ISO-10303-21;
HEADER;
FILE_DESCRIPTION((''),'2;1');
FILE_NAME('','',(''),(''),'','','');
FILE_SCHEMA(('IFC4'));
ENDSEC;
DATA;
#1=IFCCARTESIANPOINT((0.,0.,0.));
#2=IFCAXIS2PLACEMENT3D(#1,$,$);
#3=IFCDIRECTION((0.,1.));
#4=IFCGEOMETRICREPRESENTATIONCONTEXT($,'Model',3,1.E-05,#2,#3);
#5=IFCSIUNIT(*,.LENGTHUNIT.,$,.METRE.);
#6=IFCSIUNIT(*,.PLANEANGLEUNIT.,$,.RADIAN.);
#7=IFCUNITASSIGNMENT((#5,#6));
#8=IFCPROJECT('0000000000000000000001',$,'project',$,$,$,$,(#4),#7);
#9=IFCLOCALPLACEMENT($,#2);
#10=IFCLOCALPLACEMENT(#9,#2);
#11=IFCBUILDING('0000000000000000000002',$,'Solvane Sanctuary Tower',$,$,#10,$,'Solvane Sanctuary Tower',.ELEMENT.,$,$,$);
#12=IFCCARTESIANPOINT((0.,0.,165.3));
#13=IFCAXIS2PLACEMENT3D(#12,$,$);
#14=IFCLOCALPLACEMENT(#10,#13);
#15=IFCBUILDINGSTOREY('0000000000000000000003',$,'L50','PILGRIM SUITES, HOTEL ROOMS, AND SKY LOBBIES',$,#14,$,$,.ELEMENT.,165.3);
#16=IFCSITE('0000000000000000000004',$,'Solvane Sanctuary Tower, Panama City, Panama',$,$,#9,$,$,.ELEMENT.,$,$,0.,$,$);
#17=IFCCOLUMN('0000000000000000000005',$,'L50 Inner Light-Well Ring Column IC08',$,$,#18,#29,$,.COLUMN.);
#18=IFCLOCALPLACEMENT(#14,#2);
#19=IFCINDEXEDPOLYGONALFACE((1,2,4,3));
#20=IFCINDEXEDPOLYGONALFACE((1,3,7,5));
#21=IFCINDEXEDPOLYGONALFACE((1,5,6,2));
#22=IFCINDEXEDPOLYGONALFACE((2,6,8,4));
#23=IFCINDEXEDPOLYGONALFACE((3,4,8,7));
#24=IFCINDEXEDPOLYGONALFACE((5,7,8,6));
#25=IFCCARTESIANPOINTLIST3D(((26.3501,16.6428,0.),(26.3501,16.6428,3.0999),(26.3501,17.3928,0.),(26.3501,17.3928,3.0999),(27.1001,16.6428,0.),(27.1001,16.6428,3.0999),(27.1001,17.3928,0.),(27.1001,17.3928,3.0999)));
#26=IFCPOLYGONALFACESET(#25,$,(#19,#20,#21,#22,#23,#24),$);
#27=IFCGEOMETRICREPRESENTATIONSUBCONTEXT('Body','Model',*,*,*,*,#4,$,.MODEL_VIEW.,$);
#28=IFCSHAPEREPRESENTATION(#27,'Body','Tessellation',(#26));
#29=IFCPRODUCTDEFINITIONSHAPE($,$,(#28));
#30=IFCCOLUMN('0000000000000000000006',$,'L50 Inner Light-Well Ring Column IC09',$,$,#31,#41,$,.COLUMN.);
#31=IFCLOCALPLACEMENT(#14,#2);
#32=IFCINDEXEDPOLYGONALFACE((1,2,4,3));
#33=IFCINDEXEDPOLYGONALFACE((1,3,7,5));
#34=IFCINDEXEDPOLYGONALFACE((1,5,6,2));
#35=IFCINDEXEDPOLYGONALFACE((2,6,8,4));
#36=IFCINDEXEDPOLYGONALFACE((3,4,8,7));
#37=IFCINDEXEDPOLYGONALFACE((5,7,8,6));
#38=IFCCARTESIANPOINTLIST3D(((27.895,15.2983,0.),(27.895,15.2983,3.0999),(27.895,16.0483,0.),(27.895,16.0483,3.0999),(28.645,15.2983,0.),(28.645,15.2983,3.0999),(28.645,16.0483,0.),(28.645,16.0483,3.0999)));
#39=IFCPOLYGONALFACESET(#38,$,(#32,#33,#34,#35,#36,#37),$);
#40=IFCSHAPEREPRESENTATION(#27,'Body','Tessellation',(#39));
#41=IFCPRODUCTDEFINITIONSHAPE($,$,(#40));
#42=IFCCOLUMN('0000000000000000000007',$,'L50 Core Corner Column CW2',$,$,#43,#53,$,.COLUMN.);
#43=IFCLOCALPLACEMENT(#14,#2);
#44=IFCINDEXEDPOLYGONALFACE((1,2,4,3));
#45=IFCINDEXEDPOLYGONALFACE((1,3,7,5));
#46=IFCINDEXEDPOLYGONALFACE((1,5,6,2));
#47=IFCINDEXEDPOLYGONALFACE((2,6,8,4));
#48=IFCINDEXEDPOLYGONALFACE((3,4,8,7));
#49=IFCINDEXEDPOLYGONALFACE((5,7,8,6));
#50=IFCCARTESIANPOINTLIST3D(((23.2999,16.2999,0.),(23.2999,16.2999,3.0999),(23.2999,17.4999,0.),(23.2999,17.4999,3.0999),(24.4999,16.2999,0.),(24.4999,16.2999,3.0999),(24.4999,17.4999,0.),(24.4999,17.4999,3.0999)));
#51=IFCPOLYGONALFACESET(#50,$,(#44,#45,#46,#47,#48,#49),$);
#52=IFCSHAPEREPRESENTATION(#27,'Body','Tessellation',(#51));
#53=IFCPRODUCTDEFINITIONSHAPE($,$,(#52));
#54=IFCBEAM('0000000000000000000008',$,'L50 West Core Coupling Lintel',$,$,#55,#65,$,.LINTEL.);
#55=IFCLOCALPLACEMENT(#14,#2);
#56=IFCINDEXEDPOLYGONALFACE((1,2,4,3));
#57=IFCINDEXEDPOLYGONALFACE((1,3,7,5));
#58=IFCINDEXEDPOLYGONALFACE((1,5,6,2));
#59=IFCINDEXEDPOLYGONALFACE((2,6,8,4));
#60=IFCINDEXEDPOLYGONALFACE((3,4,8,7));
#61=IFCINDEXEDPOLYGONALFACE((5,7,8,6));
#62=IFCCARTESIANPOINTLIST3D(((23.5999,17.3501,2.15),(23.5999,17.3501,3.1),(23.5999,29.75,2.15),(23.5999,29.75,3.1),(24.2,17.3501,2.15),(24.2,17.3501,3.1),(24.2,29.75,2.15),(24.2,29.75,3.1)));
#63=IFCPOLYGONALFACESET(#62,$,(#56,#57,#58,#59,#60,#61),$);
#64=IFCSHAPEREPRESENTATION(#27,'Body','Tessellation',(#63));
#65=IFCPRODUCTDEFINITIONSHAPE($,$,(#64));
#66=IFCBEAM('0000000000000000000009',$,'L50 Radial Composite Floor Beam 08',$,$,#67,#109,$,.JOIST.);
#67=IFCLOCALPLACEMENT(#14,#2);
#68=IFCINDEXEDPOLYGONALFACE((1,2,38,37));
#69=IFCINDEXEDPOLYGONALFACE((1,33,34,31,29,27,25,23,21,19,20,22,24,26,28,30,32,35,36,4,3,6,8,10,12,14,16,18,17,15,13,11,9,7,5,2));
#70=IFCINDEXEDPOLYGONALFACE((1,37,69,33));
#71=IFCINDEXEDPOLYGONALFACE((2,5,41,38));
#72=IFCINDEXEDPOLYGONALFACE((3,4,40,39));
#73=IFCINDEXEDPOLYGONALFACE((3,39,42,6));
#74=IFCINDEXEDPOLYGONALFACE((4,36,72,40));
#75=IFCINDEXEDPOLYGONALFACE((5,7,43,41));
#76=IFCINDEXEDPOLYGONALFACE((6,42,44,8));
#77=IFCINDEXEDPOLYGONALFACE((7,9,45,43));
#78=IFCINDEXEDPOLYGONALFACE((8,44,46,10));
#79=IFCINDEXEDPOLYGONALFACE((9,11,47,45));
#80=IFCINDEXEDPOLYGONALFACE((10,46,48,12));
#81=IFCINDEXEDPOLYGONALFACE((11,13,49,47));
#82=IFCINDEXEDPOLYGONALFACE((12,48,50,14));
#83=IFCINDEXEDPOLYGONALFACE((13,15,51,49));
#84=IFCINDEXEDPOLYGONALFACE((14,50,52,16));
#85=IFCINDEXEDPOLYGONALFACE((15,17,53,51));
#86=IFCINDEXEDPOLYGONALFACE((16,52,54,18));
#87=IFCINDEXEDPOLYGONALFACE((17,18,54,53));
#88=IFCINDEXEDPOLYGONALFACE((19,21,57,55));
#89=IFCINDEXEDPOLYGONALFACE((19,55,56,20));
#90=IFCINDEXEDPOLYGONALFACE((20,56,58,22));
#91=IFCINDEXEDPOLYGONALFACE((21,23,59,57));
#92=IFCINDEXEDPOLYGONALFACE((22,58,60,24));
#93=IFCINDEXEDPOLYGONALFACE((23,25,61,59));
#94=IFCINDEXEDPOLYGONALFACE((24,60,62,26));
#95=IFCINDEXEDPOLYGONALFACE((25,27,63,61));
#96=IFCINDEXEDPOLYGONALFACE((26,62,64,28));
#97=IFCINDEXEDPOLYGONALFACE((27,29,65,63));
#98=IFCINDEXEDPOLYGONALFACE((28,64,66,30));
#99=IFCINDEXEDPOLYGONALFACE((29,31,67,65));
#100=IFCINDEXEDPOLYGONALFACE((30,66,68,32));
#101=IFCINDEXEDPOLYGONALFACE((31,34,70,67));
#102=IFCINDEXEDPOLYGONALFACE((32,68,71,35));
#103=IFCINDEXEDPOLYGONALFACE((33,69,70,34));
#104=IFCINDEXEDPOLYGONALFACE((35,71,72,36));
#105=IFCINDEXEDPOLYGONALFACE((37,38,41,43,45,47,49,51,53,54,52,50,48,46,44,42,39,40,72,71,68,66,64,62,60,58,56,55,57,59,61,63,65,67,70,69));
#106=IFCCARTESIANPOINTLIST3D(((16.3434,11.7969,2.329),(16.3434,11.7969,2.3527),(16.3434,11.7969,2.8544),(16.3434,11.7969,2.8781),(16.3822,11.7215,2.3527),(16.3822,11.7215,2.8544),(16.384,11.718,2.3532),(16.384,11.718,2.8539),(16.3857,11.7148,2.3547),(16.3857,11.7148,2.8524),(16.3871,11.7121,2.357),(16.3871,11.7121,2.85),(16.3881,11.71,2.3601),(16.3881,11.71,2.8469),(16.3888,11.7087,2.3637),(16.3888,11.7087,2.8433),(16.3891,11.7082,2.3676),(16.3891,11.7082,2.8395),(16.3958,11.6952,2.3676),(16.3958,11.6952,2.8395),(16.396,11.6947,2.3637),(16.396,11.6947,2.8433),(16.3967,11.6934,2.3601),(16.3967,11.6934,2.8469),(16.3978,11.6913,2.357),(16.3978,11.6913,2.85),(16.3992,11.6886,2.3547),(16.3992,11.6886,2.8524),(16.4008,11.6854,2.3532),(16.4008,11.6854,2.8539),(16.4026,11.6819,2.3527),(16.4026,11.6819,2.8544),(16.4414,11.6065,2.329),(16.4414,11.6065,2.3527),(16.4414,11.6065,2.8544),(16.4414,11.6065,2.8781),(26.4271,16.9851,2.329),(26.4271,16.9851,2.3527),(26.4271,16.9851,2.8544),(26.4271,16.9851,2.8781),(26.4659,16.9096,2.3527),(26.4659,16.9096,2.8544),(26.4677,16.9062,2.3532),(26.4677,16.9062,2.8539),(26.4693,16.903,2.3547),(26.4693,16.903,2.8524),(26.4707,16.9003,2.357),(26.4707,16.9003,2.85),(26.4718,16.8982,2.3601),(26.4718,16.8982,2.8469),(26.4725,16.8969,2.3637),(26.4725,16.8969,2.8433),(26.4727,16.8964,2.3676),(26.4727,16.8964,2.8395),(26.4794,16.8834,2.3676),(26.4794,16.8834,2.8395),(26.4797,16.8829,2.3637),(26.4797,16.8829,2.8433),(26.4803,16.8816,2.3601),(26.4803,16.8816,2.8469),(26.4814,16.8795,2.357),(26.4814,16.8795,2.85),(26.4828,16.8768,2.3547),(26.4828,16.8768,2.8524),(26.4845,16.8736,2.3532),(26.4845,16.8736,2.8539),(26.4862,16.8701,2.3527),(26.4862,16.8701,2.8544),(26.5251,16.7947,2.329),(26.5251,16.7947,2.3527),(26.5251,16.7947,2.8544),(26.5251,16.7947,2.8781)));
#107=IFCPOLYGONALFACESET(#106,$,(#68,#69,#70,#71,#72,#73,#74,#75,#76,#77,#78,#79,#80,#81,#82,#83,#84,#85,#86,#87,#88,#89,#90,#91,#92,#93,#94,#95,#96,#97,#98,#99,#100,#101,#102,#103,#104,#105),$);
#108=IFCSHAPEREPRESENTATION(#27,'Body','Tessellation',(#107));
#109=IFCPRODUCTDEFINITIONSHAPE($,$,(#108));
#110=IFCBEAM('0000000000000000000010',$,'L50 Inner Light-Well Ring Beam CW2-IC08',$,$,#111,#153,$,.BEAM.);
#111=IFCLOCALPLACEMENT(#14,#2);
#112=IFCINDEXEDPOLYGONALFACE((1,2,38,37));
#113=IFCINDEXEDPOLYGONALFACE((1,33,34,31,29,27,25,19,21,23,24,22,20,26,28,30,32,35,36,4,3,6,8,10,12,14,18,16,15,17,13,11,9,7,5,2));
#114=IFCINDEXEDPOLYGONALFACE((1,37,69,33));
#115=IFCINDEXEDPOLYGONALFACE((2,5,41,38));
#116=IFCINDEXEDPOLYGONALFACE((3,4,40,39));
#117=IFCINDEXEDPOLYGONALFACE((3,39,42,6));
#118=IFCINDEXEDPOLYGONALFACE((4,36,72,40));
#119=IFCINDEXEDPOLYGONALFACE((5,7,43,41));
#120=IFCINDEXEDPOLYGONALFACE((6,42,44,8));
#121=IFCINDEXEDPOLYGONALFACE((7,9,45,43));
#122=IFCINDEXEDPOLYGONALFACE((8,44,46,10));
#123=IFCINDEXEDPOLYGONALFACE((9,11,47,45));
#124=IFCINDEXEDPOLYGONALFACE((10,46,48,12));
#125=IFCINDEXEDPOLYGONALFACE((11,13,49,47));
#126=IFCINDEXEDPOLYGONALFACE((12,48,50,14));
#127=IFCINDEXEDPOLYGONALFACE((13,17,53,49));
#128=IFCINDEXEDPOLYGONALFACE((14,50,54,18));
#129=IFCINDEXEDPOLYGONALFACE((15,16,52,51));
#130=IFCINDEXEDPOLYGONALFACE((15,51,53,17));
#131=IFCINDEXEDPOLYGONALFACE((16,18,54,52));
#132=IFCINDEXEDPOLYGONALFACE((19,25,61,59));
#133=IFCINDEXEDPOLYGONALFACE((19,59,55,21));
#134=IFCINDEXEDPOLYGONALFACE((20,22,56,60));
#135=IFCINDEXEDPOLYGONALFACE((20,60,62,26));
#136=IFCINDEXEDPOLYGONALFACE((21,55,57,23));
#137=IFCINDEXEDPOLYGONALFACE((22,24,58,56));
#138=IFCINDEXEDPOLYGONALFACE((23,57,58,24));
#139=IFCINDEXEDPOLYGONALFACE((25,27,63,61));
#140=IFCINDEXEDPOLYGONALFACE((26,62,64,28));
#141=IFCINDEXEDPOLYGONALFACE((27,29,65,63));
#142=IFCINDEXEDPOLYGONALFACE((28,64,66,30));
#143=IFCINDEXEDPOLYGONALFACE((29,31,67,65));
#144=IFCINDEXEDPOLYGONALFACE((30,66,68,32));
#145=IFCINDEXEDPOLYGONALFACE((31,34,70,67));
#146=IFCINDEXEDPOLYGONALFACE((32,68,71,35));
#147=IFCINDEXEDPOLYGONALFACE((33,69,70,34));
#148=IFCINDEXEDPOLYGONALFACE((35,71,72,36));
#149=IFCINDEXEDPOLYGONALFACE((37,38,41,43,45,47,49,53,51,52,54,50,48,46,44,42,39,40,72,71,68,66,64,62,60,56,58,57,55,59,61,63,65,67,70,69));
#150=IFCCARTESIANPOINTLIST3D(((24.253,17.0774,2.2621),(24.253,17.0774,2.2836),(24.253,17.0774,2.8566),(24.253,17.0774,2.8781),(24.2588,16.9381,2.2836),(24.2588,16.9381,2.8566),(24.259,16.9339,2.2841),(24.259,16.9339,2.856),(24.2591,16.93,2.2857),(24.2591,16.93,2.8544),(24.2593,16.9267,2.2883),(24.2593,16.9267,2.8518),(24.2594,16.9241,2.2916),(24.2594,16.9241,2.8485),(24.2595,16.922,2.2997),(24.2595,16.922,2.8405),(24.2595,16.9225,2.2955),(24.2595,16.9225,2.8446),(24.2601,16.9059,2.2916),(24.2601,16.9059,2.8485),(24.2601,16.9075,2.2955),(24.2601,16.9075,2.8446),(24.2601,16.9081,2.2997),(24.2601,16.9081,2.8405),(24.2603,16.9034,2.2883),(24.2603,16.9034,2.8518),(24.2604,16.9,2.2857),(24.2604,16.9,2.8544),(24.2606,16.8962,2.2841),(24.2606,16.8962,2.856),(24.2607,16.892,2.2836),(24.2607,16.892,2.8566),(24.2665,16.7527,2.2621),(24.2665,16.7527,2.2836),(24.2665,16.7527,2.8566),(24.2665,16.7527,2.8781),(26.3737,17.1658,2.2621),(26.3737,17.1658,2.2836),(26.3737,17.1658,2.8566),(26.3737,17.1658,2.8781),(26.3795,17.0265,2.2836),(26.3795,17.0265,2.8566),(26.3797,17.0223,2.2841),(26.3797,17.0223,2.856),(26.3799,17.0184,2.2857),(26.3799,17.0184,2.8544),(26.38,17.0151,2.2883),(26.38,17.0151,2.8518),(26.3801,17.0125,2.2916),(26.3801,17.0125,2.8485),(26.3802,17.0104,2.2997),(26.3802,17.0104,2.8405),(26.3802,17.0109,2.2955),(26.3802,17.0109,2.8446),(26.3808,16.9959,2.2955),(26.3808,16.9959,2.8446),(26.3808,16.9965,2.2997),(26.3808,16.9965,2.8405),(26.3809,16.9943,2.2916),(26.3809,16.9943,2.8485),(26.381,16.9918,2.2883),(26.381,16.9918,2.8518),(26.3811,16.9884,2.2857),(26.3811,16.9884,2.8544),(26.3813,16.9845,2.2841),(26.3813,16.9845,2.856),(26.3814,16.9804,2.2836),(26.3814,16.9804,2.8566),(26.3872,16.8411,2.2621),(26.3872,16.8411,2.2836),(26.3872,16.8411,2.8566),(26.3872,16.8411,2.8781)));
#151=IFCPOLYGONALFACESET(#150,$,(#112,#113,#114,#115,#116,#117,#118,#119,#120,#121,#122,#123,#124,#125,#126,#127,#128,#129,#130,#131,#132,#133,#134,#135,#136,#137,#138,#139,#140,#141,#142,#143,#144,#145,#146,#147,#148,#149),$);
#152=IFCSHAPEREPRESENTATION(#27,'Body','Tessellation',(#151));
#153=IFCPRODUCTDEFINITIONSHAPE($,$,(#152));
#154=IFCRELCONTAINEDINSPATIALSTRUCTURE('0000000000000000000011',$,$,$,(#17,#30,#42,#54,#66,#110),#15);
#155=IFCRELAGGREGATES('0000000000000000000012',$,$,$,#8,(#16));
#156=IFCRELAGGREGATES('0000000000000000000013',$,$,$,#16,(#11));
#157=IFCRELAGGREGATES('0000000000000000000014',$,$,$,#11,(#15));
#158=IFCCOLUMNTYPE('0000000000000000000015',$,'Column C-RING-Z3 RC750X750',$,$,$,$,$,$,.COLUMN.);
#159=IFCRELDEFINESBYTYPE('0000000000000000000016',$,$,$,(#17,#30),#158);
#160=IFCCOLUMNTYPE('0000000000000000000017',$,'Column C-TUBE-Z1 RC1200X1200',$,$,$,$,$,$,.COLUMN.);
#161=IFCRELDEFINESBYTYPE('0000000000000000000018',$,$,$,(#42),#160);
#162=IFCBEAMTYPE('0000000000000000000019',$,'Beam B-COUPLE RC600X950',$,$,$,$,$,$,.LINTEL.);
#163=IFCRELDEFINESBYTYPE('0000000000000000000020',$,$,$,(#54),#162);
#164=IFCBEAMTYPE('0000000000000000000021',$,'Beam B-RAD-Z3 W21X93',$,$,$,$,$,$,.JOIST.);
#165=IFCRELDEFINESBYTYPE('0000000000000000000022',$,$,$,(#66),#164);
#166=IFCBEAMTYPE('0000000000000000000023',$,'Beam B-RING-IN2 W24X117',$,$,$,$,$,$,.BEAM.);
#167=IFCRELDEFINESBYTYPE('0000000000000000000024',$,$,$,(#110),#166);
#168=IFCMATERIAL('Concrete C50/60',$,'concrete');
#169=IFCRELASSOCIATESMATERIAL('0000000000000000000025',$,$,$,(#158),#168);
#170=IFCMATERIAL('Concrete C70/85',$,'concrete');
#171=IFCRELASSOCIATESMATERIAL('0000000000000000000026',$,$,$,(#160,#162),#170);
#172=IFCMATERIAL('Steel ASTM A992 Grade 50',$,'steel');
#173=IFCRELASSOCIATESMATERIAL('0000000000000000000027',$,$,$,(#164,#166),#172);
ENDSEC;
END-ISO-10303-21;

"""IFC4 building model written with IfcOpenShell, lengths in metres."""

from ifc_helpers import new_model, si_unit, direction, frame, origin, origin_2d, place, context, subcontext, project, spatial, rectangle, i_section, extrude, material, material_profile, profile_set, type_object, element, save


model = new_model("IFC4")

# Units and contexts
model_context = context("Model", 3, precision=1e-05, world=origin(), true_north=direction((0.0, 1.0)))
body_context = subcontext(model_context, "Body", "Model", "MODEL_VIEW")
ifc_project = project(units=[si_unit("LENGTHUNIT", "METRE"), si_unit("PLANEANGLEUNIT", "RADIAN")], contexts=[model_context])

# Site, building, storey
site_placement = place(None, origin())
site = spatial("IfcSite", under=ifc_project, at=site_placement, Name="Solvane Sanctuary Tower, Panama City, Panama", CompositionType="ELEMENT", RefElevation=0.0)
building_placement = place(site_placement, origin())
building = spatial("IfcBuilding", under=site, at=building_placement, Name="Solvane Sanctuary Tower", LongName="Solvane Sanctuary Tower", CompositionType="ELEMENT")
storey_placement = place(building_placement, frame((0.0, 0.0, 165.3)))
storey = spatial("IfcBuildingStorey", under=building, at=storey_placement, Name="L50", Description="PILGRIM SUITES, HOTEL ROOMS, AND SKY LOBBIES", CompositionType="ELEMENT", Elevation=165.3)

# Columns
ifc_material_1 = material(Name="Concrete C50/60", Category="concrete")
ifc_material_profile_1 = material_profile(ifc_material_1, rectangle(XDim=0.75, YDim=0.75, at=origin_2d()), Name="RC750X750")
ifc_profile_set_1 = profile_set([ifc_material_profile_1], Name="Concrete C50/60")
column_type_1 = type_object("IfcColumnType", Name="Column C-RING-Z3 RC750X750", PredefinedType="COLUMN", material=ifc_profile_set_1)
for number, where, z_axis, x_axis, name in (
    (1, (26.7251, 17.0178, 0.0), (0.0, 0.0, 1.0), (1.0, 0.0, 0.0), "L50 Inner Light-Well Ring Column IC08"),
    (2, (28.27, 15.6733, 0.0), (0.0, 0.0, 1.0), (1.0, 0.0, 0.0), "L50 Inner Light-Well Ring Column IC09"),
):
    element("IfcColumn", number, at=place(storey_placement, frame(where, z_axis=z_axis, x_axis=x_axis)), inside=storey, type_object=column_type_1, Name=name, PredefinedType="COLUMN", context=body_context, shape_type="SweptSolid", body=[
        extrude(rectangle(XDim=0.75, YDim=0.75, at=origin_2d()), origin(), (0.0, 0.0, 1.0), 3.0999),
    ])
ifc_material_2 = material(Name="Concrete C70/85", Category="concrete")
ifc_material_profile_2 = material_profile(ifc_material_2, rectangle(XDim=1.2, YDim=1.2, at=origin_2d()), Name="RC1200X1200")
ifc_profile_set_2 = profile_set([ifc_material_profile_2], Name="Concrete C70/85")
column_type_2 = type_object("IfcColumnType", Name="Column C-TUBE-Z1 RC1200X1200", PredefinedType="COLUMN", material=ifc_profile_set_2)
column_placement = place(storey_placement, frame((23.8999, 16.8999, 0.0), z_axis=(0.0, 0.0, 1.0), x_axis=(1.0, 0.0, 0.0)))
element("IfcColumn", 3, at=column_placement, inside=storey, type_object=column_type_2, Name="L50 Core Corner Column CW2", PredefinedType="COLUMN", context=body_context, shape_type="SweptSolid", body=[
    extrude(rectangle(XDim=1.2, YDim=1.2, at=origin_2d()), origin(), (0.0, 0.0, 1.0), 3.0999),
])

# Beams
ifc_material_profile_3 = material_profile(ifc_material_2, rectangle(XDim=0.6001, YDim=0.95, at=origin_2d()), Name="RC600X950")
ifc_profile_set_3 = profile_set([ifc_material_profile_3], Name="Concrete C70/85")
beam_type_1 = type_object("IfcBeamType", Name="Beam B-COUPLE RC600X950", PredefinedType="LINTEL", material=ifc_profile_set_3)
beam_1_placement = place(storey_placement, frame((23.8999, 17.3501, 2.625), z_axis=(0.0, 1.0, 0.0), x_axis=(-1.0, 0.0, 0.0)))
element("IfcBeam", 4, at=beam_1_placement, inside=storey, type_object=beam_type_1, Name="L50 West Core Coupling Lintel", PredefinedType="LINTEL", context=body_context, shape_type="SweptSolid", body=[
    extrude(rectangle(XDim=0.6001, YDim=0.95, at=origin_2d()), origin(), (0.0, 0.0, 1.0), 12.3999),
])
ifc_material_3 = material(Name="Steel ASTM A992 Grade 50", Category="steel")
ifc_material_profile_4 = material_profile(ifc_material_3, i_section(OverallWidth=0.2141, OverallDepth=0.5491, WebThickness=0.0146, FlangeThickness=0.0237, FilletRadius=0.0149, at=origin_2d()), Name="W21X93")
ifc_profile_set_4 = profile_set([ifc_material_profile_4], Name="Steel ASTM A992 Grade 50")
beam_type_2 = type_object("IfcBeamType", Name="Beam B-RAD-Z3 W21X93", PredefinedType="JOIST", material=ifc_profile_set_4)
beam_2_placement = place(storey_placement, frame((26.4761, 16.8899, 2.6035), z_axis=(-0.889205, -0.457509, 0.0), x_axis=(0.457509, -0.889205, 0.0)))
element("IfcBeam", 5, at=beam_2_placement, inside=storey, type_object=beam_type_2, Name="L50 Radial Composite Floor Beam 08", PredefinedType="JOIST", context=body_context, shape_type="SweptSolid", body=[
    extrude(i_section(OverallWidth=0.2141, OverallDepth=0.5491, WebThickness=0.0146, FlangeThickness=0.0237, FilletRadius=0.0149, at=origin_2d()), origin(), (0.0, 0.0, 1.0), 11.3401),
])
ifc_material_profile_5 = material_profile(ifc_material_3, i_section(OverallWidth=0.325, OverallDepth=0.616, WebThickness=0.0139, FlangeThickness=0.0215, FilletRadius=0.0161, at=origin_2d()), Name="W24X117")
ifc_profile_set_5 = profile_set([ifc_material_profile_5], Name="Steel ASTM A992 Grade 50")
beam_type_3 = type_object("IfcBeamType", Name="Beam B-RING-IN2 W24X117", PredefinedType="BEAM", material=ifc_profile_set_5)
beam_3_placement = place(storey_placement, frame((24.2598, 16.915, 2.5701), z_axis=(0.999133, 0.04164, 0.0), x_axis=(-0.04164, 0.999133, 0.0)))
element("IfcBeam", 6, at=beam_3_placement, inside=storey, type_object=beam_type_3, Name="L50 Inner Light-Well Ring Beam CW2-IC08", PredefinedType="BEAM", context=body_context, shape_type="SweptSolid", body=[
    extrude(i_section(OverallWidth=0.325, OverallDepth=0.616, WebThickness=0.0139, FlangeThickness=0.0215, FilletRadius=0.0161, at=origin_2d()), origin(), (0.0, 0.0, 1.0), 2.1226),
])

save(model, "model.ifc")
